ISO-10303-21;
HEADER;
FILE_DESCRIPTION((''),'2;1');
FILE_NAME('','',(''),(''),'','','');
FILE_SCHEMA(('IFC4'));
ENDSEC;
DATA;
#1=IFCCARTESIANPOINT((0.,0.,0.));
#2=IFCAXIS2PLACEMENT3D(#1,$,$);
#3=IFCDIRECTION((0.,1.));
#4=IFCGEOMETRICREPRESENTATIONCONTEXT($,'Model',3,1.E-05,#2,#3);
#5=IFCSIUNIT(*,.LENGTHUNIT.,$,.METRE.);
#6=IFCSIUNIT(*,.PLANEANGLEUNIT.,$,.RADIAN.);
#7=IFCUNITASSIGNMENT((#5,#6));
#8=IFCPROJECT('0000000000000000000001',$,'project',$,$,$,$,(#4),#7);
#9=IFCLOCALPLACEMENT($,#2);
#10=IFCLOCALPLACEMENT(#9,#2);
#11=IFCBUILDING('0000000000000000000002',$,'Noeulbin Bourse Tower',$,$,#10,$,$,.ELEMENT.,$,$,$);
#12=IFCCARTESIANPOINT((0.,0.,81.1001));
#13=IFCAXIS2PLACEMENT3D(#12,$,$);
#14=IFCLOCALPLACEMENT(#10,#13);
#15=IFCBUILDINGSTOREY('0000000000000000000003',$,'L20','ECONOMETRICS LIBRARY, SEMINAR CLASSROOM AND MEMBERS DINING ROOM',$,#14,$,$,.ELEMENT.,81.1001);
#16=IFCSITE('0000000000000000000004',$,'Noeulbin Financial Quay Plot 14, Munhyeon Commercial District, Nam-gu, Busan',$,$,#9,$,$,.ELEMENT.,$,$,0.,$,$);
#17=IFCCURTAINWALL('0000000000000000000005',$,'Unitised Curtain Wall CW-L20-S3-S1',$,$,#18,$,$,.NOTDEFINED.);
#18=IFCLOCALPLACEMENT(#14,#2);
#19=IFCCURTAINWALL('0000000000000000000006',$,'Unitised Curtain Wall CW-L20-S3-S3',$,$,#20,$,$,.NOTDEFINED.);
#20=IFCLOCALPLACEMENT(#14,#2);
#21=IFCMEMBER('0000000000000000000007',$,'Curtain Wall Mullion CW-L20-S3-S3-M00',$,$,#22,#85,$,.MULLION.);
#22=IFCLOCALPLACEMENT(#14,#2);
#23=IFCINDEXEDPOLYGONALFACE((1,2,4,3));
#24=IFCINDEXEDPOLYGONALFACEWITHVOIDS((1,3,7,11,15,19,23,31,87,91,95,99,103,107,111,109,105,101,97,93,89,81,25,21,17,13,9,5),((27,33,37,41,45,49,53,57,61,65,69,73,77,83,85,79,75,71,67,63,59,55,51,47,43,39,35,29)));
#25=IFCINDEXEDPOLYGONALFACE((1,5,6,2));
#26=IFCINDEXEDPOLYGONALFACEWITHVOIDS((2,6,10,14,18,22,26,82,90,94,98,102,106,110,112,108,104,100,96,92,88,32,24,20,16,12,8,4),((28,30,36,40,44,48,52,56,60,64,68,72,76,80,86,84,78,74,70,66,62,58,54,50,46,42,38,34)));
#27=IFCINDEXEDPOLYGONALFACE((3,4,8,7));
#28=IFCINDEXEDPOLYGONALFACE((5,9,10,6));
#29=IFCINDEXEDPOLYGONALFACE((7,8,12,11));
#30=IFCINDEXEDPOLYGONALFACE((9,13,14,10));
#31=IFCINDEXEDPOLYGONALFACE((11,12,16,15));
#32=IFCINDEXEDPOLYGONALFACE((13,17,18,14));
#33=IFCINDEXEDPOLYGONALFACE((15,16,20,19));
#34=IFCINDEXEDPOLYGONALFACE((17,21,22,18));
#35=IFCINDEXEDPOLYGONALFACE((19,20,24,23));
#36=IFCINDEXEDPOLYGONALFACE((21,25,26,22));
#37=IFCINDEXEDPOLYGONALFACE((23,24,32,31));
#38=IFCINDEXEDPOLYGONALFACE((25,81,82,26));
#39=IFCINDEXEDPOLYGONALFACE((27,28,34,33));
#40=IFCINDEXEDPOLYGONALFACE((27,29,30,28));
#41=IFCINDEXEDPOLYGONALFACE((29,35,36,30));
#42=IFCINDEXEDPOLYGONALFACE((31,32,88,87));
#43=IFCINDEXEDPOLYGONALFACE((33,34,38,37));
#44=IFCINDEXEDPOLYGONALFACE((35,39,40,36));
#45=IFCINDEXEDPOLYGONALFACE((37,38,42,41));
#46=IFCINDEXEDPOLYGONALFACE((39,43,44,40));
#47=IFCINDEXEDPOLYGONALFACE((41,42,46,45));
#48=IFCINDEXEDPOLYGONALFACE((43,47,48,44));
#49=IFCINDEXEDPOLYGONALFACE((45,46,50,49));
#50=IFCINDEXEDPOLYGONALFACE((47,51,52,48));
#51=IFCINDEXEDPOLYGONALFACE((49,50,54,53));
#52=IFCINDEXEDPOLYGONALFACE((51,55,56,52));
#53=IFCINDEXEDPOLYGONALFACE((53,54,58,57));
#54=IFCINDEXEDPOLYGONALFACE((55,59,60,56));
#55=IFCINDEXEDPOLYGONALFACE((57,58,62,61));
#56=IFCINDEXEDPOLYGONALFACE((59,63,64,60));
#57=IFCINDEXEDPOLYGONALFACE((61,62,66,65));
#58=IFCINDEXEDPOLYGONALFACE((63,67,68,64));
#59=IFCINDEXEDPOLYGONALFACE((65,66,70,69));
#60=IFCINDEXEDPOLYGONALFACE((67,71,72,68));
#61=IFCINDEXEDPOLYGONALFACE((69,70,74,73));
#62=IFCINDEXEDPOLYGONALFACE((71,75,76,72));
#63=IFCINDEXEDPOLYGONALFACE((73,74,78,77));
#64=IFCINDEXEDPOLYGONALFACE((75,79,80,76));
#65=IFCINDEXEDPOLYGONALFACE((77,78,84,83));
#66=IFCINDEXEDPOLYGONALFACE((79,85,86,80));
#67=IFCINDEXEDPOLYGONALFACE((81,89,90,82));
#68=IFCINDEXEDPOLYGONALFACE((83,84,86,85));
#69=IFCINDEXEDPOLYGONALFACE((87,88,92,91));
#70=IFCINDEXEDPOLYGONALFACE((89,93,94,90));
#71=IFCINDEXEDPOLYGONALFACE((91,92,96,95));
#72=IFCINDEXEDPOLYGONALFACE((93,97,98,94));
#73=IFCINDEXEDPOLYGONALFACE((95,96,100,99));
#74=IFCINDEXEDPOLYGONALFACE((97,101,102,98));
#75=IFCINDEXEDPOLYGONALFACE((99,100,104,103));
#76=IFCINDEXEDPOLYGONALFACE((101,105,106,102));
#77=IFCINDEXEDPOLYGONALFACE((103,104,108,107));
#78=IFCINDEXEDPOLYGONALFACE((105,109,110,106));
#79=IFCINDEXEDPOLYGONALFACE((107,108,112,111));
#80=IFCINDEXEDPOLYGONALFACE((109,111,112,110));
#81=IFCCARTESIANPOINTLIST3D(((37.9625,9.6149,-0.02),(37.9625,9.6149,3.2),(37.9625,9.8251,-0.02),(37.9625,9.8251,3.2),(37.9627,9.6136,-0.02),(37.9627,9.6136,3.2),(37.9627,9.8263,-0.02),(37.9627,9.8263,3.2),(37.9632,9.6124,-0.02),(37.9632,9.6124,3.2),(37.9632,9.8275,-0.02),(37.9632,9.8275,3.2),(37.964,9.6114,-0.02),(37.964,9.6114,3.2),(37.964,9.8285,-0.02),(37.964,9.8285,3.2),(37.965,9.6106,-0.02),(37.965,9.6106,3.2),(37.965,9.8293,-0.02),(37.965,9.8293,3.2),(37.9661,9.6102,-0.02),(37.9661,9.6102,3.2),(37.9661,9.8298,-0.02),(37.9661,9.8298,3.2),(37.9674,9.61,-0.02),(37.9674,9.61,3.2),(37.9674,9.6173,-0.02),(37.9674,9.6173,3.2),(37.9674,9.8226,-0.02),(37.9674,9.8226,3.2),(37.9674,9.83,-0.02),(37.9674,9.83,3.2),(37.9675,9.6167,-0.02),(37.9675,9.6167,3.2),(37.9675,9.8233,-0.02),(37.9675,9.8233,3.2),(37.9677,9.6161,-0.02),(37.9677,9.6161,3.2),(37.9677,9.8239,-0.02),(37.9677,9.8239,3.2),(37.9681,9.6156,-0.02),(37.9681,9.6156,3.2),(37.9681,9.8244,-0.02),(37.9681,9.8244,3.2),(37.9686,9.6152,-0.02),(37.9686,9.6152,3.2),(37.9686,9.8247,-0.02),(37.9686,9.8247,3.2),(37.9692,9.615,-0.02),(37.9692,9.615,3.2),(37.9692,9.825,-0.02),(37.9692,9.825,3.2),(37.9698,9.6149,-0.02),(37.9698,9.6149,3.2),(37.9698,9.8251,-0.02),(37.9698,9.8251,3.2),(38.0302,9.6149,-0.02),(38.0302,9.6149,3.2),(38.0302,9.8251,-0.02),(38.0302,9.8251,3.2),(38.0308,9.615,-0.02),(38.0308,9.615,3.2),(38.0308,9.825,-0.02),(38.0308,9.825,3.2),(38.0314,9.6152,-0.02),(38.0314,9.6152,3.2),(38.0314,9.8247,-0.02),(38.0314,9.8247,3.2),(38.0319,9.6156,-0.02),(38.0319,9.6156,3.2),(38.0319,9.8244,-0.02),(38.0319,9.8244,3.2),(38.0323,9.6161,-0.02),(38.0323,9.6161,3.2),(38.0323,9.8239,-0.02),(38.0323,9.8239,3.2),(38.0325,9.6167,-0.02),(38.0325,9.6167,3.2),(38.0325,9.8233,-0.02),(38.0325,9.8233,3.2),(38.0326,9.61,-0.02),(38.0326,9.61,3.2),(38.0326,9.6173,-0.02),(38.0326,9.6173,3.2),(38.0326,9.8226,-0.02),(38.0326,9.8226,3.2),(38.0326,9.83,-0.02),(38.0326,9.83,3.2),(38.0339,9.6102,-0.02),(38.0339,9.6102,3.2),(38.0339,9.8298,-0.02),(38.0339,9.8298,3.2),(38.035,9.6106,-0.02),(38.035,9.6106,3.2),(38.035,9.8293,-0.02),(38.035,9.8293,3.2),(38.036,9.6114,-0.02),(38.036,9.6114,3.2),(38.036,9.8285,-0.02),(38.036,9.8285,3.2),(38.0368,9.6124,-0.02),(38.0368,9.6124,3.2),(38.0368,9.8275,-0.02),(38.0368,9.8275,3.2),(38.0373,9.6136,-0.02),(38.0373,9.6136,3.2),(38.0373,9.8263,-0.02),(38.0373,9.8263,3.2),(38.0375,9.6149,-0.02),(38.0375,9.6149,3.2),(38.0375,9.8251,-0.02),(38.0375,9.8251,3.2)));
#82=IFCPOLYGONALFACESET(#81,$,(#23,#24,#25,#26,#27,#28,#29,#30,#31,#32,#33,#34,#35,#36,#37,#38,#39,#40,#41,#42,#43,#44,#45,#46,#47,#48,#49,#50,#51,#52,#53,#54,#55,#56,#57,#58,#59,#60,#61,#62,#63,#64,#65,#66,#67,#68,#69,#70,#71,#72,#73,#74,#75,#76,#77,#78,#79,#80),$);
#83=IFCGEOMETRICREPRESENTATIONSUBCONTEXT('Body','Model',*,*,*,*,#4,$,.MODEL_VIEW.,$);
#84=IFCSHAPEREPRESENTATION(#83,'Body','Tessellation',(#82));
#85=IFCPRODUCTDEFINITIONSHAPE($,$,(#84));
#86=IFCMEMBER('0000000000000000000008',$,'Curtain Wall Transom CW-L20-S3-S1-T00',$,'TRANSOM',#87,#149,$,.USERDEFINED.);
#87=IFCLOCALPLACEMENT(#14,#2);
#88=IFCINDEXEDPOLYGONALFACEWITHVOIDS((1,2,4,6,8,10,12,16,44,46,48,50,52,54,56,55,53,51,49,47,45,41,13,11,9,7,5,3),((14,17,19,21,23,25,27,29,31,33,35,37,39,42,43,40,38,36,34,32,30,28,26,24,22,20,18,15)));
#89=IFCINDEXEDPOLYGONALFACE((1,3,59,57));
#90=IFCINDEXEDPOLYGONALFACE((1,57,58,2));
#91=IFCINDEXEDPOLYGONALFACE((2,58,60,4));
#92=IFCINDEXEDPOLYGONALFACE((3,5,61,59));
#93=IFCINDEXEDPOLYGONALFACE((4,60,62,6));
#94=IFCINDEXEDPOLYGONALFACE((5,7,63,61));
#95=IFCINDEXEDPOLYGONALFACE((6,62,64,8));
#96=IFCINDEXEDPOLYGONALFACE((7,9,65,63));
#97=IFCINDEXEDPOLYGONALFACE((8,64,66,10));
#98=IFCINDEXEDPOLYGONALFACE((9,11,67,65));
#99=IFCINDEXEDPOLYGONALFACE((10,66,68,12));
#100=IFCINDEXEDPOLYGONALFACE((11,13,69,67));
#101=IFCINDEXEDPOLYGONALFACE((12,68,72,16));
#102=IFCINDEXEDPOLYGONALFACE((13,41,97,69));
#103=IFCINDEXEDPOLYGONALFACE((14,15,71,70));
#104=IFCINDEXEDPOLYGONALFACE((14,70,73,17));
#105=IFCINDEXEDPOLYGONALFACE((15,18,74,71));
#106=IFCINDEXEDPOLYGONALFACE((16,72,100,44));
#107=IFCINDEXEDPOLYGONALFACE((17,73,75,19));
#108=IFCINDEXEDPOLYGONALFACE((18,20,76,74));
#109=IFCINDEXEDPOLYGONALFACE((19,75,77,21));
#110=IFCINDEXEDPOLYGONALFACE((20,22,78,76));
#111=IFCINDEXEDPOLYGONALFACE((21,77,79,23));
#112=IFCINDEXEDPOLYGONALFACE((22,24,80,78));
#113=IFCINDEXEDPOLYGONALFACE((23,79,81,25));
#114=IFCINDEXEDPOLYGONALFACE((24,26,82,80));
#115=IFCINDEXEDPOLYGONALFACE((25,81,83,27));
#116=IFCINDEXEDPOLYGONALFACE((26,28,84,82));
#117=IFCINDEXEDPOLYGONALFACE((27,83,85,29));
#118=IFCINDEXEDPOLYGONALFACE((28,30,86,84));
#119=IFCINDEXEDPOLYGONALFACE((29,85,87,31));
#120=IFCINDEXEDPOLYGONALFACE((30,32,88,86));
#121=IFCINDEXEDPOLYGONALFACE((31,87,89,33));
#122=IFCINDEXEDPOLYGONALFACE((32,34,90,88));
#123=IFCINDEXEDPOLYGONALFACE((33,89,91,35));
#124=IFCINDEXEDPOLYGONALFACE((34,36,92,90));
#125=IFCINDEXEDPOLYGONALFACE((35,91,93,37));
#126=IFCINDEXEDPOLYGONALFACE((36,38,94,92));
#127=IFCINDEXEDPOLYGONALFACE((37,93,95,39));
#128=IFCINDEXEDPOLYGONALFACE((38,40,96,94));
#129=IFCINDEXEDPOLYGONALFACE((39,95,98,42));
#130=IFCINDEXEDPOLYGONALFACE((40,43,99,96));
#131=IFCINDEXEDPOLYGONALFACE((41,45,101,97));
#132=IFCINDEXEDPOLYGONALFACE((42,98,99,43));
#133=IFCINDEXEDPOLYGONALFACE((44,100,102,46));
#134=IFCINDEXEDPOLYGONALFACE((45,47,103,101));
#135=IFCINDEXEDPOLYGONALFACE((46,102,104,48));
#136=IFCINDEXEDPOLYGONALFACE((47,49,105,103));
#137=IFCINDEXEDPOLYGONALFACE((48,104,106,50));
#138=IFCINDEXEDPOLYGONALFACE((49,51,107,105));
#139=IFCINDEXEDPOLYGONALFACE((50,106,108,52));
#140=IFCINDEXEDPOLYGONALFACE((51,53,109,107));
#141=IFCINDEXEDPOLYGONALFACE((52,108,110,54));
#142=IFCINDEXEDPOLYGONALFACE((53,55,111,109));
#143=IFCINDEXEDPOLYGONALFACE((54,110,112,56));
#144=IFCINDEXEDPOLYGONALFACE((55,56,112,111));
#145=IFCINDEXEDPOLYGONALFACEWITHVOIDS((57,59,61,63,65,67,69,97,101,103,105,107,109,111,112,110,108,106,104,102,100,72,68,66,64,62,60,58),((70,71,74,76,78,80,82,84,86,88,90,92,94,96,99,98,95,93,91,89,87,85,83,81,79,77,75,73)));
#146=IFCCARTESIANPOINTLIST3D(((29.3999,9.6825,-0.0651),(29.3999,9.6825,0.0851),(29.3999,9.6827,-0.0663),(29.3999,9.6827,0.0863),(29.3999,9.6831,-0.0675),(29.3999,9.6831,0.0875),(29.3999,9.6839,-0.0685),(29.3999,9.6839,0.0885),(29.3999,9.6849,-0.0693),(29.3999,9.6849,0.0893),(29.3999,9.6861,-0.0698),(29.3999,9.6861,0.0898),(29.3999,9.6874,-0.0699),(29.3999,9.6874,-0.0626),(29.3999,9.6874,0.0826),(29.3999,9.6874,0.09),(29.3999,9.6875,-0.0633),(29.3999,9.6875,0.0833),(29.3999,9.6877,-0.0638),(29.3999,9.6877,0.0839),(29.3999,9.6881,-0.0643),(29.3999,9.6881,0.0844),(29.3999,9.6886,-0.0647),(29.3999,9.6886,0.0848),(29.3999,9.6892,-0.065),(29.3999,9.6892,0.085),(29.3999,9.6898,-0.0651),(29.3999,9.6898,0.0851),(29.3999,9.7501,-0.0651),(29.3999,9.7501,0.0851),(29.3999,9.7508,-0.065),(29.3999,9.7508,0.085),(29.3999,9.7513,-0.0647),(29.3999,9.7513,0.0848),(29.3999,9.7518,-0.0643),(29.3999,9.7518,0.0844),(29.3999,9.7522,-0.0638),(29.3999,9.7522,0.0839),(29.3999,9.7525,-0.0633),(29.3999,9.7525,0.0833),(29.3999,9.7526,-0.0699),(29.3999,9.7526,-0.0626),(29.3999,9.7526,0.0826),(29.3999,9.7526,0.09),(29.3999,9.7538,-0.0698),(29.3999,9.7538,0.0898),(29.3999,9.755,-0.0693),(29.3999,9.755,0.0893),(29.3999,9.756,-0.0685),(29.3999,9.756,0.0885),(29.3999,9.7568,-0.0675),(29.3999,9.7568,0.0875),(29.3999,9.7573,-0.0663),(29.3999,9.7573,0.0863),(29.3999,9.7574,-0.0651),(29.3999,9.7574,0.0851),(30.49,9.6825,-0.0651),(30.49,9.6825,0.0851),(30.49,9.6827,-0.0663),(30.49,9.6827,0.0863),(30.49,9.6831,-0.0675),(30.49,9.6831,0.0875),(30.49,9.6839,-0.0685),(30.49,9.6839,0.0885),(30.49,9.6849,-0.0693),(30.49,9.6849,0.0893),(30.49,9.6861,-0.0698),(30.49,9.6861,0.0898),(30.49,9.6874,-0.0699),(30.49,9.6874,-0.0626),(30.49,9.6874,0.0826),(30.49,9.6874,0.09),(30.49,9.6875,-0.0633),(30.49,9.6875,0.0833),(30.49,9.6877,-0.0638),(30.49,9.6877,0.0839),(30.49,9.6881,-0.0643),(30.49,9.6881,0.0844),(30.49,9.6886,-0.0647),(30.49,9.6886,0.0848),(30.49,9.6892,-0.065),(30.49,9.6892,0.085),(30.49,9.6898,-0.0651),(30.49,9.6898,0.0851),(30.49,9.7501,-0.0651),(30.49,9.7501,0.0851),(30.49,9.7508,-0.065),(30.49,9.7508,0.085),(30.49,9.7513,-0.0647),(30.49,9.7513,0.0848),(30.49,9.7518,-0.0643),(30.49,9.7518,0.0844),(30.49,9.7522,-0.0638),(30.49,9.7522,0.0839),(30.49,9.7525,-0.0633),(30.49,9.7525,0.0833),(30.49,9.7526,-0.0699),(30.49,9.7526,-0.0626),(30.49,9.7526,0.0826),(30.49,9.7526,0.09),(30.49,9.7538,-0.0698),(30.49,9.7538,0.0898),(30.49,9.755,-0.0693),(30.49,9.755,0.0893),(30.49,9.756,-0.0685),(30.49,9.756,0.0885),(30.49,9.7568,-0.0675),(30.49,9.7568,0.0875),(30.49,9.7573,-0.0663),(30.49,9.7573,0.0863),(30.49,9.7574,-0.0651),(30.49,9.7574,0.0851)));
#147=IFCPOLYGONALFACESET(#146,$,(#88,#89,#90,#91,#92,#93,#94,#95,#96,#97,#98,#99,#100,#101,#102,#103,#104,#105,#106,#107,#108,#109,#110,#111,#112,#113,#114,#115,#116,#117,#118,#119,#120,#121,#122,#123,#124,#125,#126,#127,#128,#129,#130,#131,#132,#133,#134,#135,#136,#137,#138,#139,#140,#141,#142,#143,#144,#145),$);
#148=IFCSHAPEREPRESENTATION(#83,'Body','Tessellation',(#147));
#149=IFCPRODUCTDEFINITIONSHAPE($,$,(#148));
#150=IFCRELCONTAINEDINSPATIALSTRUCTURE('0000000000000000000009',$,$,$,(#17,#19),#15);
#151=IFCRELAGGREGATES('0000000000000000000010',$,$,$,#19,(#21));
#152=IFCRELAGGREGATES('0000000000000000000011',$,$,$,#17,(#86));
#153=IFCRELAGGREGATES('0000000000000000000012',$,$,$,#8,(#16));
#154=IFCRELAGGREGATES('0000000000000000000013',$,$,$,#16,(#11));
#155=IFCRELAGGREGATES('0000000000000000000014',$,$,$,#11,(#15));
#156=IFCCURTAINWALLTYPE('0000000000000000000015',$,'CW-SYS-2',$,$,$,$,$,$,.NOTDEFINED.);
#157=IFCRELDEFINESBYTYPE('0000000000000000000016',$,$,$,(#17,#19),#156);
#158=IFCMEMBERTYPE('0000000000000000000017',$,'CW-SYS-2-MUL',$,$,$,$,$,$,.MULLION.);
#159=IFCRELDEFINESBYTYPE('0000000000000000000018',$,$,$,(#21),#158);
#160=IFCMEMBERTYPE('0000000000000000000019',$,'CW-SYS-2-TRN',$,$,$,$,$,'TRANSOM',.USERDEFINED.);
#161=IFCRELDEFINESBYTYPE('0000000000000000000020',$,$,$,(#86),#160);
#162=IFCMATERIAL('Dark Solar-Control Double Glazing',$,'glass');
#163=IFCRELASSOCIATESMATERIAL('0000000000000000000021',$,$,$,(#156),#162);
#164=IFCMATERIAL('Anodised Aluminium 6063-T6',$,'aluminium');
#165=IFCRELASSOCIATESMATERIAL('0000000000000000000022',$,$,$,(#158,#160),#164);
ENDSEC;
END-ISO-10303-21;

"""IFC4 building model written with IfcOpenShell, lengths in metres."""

from ifc_helpers import new_model, si_unit, direction, frame, origin, origin_2d, place, context, subcontext, project, spatial, hollow_rectangle, extrude, material, material_profile, profile_set, type_object, element, aggregate, save


model = new_model("IFC4")

# Units and contexts
model_context = context("Model", 3, precision=1e-05, world=origin(), true_north=direction((0.0, 1.0)))
body_context = subcontext(model_context, "Body", "Model", "MODEL_VIEW")
ifc_project = project(units=[si_unit("LENGTHUNIT", "METRE"), si_unit("PLANEANGLEUNIT", "RADIAN")], contexts=[model_context])

# Site, building, storey
site_placement = place(None, origin())
site = spatial("IfcSite", under=ifc_project, at=site_placement, Name="Noeulbin Financial Quay Plot 14, Munhyeon Commercial District, Nam-gu, Busan", CompositionType="ELEMENT", RefElevation=0.0)
building_placement = place(site_placement, origin())
building = spatial("IfcBuilding", under=site, at=building_placement, Name="Noeulbin Bourse Tower", CompositionType="ELEMENT")
storey_placement = place(building_placement, frame((0.0, 0.0, 81.1001)))
storey = spatial("IfcBuildingStorey", under=building, at=storey_placement, Name="L20", Description="ECONOMETRICS LIBRARY, SEMINAR CLASSROOM AND MEMBERS DINING ROOM", CompositionType="ELEMENT", Elevation=81.1001)

# Curtain wall
ifc_material_1 = material(Name="Dark Solar-Control Double Glazing", Category="glass")
curtain_wall_type = type_object("IfcCurtainWallType", Name="CW-SYS-2", PredefinedType="NOTDEFINED", material=ifc_material_1)
curtain_wall_1_placement = place(storey_placement, origin())
curtain_wall_1 = element("IfcCurtainWall", 1, at=curtain_wall_1_placement, inside=storey, type_object=curtain_wall_type, Name="Unitised Curtain Wall CW-L20-S3-S1", PredefinedType="NOTDEFINED")
ifc_material_2 = material(Name="Anodised Aluminium 6063-T6", Category="aluminium")
ifc_material_profile_1 = material_profile(ifc_material_2, hollow_rectangle(XDim=0.075, YDim=0.22, WallThickness=0.0049, InnerFilletRadius=0.0024, OuterFilletRadius=0.0049, at=origin_2d()), Name="ALU-MULL-75x220x5", Category="LoadBearing")
ifc_profile_set_1 = profile_set([ifc_material_profile_1], Name="Anodised Aluminium 6063-T6")
member_type_1 = type_object("IfcMemberType", Name="CW-SYS-2-MUL", PredefinedType="MULLION", material=ifc_profile_set_1)

# Curtain wall, member
curtain_wall_2_placement = place(storey_placement, origin())
curtain_wall_2 = element("IfcCurtainWall", 2, at=curtain_wall_2_placement, inside=storey, type_object=curtain_wall_type, Name="Unitised Curtain Wall CW-L20-S3-S3", PredefinedType="NOTDEFINED")
member_1_placement = place(storey_placement, frame((38.0, 9.72, -0.02), z_axis=(0.0, 0.0, 1.0), x_axis=(1.0, 0.0, 0.0)))
member_1 = element("IfcMember", 3, at=member_1_placement, type_object=member_type_1, Name="Curtain Wall Mullion CW-L20-S3-S3-M00", PredefinedType="MULLION", context=body_context, shape_type="SweptSolid", body=[
    extrude(hollow_rectangle(XDim=0.075, YDim=0.22, WallThickness=0.0049, InnerFilletRadius=0.0024, OuterFilletRadius=0.0049, at=origin_2d()), origin(), (0.0, 0.0, 1.0), 3.22),
])

# Member
ifc_material_profile_2 = material_profile(ifc_material_2, hollow_rectangle(XDim=0.075, YDim=0.1599, WallThickness=0.0049, InnerFilletRadius=0.0024, OuterFilletRadius=0.0049, at=origin_2d()), Name="ALU-TRAN-75x160x5", Category="LoadBearing")
ifc_profile_set_2 = profile_set([ifc_material_profile_2], Name="Anodised Aluminium 6063-T6")
member_type_2 = type_object("IfcMemberType", Name="CW-SYS-2-TRN", ElementType="TRANSOM", PredefinedType="USERDEFINED", material=ifc_profile_set_2)
member_2_placement = place(storey_placement, frame((29.3999, 9.72, 0.01), z_axis=(1.0, 0.0, 0.0), x_axis=(0.0, 1.0, 0.0)))
member_2 = element("IfcMember", 4, at=member_2_placement, type_object=member_type_2, Name="Curtain Wall Transom CW-L20-S3-S1-T00", ObjectType="TRANSOM", PredefinedType="USERDEFINED", context=body_context, shape_type="SweptSolid", body=[
    extrude(hollow_rectangle(XDim=0.075, YDim=0.1599, WallThickness=0.0049, InnerFilletRadius=0.0024, OuterFilletRadius=0.0049, at=origin_2d()), origin(), (0.0, 0.0, 1.0), 1.0901),
])
aggregate(curtain_wall_2, [member_1])

aggregate(curtain_wall_1, [member_2])

save(model, "model.ifc")
